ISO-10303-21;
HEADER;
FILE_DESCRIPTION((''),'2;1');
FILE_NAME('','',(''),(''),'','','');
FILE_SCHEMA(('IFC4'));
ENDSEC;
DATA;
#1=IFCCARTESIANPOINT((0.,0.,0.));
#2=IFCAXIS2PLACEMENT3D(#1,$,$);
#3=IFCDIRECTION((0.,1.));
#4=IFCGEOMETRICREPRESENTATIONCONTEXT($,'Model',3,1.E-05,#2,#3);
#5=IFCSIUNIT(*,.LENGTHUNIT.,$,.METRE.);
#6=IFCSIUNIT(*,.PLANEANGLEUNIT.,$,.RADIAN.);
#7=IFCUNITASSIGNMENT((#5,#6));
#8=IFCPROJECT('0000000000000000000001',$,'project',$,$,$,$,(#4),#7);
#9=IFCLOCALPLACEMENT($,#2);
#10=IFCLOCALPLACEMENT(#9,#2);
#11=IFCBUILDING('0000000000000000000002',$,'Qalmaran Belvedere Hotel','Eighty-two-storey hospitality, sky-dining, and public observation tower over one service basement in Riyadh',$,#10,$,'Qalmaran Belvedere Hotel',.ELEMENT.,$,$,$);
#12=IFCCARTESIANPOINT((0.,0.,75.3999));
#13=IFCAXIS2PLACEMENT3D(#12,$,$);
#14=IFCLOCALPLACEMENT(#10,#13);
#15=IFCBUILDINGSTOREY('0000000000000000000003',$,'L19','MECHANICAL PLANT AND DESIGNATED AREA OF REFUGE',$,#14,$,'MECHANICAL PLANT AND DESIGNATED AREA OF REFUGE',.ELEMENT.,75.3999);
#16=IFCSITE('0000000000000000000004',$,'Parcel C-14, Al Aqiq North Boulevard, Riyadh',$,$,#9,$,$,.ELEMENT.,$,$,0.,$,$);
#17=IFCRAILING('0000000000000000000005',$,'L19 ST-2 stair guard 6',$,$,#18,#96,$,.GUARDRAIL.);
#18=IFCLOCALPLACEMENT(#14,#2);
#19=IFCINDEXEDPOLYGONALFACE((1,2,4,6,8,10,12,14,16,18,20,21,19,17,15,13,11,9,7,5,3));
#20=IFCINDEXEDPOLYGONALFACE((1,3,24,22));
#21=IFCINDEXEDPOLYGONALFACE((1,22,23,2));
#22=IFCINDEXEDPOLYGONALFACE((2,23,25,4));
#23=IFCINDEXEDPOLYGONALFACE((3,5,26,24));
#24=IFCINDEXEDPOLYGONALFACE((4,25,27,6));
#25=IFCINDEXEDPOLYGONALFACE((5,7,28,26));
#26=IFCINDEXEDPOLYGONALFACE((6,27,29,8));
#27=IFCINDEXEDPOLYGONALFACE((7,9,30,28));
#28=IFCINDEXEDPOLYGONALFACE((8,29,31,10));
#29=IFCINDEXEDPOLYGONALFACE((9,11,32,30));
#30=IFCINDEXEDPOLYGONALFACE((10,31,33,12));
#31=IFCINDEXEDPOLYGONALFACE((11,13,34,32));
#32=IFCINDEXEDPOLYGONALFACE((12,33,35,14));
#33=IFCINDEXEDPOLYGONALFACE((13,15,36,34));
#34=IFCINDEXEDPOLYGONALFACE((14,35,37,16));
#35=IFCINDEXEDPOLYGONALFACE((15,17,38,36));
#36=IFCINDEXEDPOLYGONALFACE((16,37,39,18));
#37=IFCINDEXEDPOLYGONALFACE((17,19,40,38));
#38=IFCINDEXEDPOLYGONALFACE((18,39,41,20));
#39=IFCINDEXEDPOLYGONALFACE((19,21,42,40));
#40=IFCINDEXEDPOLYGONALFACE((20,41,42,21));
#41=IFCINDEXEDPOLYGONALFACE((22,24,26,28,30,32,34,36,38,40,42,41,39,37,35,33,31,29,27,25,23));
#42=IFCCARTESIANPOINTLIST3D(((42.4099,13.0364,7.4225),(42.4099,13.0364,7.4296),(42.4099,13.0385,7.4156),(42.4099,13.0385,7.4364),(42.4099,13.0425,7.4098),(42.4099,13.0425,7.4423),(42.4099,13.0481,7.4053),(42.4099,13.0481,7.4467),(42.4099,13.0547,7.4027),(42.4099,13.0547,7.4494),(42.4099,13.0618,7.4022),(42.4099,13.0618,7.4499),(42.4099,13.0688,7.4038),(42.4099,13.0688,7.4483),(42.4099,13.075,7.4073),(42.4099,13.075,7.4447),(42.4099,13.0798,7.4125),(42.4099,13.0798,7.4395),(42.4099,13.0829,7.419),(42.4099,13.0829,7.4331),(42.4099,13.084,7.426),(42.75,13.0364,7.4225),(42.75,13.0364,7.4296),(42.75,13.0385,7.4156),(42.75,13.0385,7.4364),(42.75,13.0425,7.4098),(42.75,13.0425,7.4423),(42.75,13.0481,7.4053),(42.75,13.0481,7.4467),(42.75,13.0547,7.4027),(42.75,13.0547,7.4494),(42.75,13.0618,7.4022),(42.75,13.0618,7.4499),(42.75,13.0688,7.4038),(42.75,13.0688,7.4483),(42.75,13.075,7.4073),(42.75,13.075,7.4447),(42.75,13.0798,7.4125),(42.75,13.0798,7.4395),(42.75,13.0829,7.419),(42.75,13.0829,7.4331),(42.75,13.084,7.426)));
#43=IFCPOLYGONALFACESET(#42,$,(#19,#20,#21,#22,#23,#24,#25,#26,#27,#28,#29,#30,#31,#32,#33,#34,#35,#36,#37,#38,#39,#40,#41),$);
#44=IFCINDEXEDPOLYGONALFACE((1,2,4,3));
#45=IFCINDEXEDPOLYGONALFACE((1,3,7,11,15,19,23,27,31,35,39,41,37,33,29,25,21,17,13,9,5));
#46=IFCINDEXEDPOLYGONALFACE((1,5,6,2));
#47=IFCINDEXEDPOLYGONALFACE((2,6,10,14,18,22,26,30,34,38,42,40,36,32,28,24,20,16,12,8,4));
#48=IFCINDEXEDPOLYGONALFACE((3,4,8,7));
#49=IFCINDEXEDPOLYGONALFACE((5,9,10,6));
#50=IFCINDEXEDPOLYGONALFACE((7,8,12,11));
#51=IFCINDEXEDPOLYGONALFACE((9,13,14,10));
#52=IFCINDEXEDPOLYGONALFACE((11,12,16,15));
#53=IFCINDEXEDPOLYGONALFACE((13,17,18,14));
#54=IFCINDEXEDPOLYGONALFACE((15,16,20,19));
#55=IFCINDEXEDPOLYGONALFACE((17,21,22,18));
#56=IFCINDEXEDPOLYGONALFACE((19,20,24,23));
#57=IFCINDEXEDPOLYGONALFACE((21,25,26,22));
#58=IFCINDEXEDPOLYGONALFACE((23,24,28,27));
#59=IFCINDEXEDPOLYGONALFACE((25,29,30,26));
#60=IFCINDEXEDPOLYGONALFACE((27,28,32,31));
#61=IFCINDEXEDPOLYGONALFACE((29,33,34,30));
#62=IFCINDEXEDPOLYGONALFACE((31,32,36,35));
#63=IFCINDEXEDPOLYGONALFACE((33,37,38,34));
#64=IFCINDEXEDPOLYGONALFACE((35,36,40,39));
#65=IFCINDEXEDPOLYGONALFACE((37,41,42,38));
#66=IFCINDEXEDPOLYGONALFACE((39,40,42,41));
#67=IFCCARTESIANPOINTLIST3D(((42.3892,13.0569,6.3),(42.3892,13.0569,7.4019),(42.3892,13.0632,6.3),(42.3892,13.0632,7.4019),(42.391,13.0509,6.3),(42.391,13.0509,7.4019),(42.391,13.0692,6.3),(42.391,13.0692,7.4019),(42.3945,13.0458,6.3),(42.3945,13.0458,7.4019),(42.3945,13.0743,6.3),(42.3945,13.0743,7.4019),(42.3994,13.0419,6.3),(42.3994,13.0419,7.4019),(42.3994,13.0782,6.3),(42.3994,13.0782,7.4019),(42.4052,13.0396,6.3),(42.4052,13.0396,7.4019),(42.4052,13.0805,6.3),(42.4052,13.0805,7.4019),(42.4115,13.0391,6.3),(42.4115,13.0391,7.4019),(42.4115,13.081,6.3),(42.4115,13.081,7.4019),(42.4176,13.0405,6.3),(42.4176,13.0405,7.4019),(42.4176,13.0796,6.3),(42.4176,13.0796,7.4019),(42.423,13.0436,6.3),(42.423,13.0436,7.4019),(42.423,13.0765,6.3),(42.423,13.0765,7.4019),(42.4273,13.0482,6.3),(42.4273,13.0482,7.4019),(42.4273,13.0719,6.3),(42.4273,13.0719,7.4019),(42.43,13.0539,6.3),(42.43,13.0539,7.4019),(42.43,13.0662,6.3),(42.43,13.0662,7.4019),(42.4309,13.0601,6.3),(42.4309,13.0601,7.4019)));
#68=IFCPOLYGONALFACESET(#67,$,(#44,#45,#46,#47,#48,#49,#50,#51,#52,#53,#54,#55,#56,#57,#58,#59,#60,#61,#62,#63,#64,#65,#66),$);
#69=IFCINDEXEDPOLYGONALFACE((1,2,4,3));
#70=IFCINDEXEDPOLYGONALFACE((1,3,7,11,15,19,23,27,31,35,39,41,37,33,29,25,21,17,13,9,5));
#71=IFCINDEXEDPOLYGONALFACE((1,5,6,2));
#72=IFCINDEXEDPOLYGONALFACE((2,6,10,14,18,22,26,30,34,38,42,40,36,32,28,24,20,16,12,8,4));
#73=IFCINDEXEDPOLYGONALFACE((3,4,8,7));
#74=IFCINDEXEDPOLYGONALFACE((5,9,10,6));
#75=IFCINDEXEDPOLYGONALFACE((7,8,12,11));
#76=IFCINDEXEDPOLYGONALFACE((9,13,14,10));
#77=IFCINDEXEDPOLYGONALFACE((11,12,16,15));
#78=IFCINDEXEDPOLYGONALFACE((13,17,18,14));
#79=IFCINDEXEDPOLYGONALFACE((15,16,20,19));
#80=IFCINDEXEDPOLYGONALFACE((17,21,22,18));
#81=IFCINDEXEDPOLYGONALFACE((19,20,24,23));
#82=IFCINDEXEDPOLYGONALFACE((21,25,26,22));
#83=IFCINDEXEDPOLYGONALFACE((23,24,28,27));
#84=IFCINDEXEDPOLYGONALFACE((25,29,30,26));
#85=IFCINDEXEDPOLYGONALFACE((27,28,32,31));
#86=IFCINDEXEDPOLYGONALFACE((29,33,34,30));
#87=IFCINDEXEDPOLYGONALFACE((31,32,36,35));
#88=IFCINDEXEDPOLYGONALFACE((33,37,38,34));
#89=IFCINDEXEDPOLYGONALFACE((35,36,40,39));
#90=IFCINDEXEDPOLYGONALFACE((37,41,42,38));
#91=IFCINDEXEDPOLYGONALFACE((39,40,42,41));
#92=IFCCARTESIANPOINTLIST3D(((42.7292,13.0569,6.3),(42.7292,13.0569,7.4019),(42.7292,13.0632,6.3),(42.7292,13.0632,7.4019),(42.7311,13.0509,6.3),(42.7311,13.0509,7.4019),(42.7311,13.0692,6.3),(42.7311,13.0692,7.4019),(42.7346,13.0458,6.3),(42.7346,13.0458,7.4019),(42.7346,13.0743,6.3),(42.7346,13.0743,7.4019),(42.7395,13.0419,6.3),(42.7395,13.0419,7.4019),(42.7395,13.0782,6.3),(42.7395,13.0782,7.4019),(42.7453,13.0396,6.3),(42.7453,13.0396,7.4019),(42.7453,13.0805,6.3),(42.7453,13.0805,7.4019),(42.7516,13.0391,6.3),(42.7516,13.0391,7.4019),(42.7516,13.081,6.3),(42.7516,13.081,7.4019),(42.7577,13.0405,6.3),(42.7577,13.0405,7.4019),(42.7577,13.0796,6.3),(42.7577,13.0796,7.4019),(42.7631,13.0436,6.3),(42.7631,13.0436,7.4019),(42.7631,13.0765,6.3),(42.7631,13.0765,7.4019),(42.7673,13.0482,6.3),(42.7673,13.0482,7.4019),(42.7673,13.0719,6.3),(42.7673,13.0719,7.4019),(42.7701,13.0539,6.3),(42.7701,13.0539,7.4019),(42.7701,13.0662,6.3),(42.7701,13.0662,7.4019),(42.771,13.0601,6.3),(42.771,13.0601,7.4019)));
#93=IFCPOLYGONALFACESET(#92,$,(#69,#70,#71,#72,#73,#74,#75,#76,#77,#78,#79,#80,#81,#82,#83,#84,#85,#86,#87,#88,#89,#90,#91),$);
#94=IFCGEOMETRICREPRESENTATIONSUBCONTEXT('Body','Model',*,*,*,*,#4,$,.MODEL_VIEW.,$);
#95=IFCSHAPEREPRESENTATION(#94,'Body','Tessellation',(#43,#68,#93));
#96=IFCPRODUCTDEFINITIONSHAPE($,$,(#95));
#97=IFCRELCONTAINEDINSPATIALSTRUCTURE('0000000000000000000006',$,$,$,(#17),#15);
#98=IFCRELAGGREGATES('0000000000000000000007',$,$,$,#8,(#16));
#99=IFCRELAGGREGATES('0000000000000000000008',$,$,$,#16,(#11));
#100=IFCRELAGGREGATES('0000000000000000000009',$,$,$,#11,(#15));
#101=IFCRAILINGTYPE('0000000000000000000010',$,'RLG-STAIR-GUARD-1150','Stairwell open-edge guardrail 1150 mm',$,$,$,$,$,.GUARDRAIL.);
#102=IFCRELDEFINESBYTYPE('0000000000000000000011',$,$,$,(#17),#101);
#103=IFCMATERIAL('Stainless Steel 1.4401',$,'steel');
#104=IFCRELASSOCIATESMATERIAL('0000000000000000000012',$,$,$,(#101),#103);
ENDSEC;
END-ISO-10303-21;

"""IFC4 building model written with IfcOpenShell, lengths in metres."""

from ifc_helpers import new_model, si_unit, direction, frame, origin, origin_2d, place, context, subcontext, project, spatial, circle, extrude, material, type_object, element, save


model = new_model("IFC4")

# Units and contexts
model_context = context("Model", 3, precision=1e-05, world=origin(), true_north=direction((0.0, 1.0)))
body_context = subcontext(model_context, "Body", "Model", "MODEL_VIEW")
ifc_project = project(units=[si_unit("LENGTHUNIT", "METRE"), si_unit("PLANEANGLEUNIT", "RADIAN")], contexts=[model_context])

# Site, building, storey
site_placement = place(None, origin())
site = spatial("IfcSite", under=ifc_project, at=site_placement, Name="Parcel C-14, Al Aqiq North Boulevard, Riyadh", CompositionType="ELEMENT", RefElevation=0.0)
building_placement = place(site_placement, origin())
building = spatial("IfcBuilding", under=site, at=building_placement, Name="Qalmaran Belvedere Hotel", Description="Eighty-two-storey hospitality, sky-dining, and public observation tower over one service basement in Riyadh", LongName="Qalmaran Belvedere Hotel", CompositionType="ELEMENT")
storey_placement = place(building_placement, frame((0.0, 0.0, 75.3999)))
storey = spatial("IfcBuildingStorey", under=building, at=storey_placement, Name="L19", Description="MECHANICAL PLANT AND DESIGNATED AREA OF REFUGE", LongName="MECHANICAL PLANT AND DESIGNATED AREA OF REFUGE", CompositionType="ELEMENT", Elevation=75.3999)

# Railing
ifc_material_1 = material(Name="Stainless Steel 1.4401", Category="steel")
railing_type_1 = type_object("IfcRailingType", Name="RLG-STAIR-GUARD-1150", Description="Stairwell open-edge guardrail 1150 mm", PredefinedType="GUARDRAIL", material=ifc_material_1)
railing_1_placement = place(storey_placement, frame((42.4099, 13.0601, 6.3)))
element("IfcRailing", 1, at=railing_1_placement, inside=storey, type_object=railing_type_1, Name="L19 ST-2 stair guard 6", PredefinedType="GUARDRAIL", context=body_context, shape_type="SweptSolid", body=[
    extrude(circle(Radius=0.0239, at=origin_2d()), frame((0.0, 0.0, 1.126), z_axis=(1.0, 0.0, 0.0), x_axis=(0.0, 1.0, 0.0)), (0.0, 0.0, 1.0), 0.3401),
    extrude(circle(Radius=0.021, at=origin_2d()), origin(), (0.0, 0.0, 1.0), 1.1018),
    extrude(circle(Radius=0.021, at=origin_2d()), frame((0.3401, 0.0, 0.0)), (0.0, 0.0, 1.0), 1.1018),
])

save(model, "model.ifc")
